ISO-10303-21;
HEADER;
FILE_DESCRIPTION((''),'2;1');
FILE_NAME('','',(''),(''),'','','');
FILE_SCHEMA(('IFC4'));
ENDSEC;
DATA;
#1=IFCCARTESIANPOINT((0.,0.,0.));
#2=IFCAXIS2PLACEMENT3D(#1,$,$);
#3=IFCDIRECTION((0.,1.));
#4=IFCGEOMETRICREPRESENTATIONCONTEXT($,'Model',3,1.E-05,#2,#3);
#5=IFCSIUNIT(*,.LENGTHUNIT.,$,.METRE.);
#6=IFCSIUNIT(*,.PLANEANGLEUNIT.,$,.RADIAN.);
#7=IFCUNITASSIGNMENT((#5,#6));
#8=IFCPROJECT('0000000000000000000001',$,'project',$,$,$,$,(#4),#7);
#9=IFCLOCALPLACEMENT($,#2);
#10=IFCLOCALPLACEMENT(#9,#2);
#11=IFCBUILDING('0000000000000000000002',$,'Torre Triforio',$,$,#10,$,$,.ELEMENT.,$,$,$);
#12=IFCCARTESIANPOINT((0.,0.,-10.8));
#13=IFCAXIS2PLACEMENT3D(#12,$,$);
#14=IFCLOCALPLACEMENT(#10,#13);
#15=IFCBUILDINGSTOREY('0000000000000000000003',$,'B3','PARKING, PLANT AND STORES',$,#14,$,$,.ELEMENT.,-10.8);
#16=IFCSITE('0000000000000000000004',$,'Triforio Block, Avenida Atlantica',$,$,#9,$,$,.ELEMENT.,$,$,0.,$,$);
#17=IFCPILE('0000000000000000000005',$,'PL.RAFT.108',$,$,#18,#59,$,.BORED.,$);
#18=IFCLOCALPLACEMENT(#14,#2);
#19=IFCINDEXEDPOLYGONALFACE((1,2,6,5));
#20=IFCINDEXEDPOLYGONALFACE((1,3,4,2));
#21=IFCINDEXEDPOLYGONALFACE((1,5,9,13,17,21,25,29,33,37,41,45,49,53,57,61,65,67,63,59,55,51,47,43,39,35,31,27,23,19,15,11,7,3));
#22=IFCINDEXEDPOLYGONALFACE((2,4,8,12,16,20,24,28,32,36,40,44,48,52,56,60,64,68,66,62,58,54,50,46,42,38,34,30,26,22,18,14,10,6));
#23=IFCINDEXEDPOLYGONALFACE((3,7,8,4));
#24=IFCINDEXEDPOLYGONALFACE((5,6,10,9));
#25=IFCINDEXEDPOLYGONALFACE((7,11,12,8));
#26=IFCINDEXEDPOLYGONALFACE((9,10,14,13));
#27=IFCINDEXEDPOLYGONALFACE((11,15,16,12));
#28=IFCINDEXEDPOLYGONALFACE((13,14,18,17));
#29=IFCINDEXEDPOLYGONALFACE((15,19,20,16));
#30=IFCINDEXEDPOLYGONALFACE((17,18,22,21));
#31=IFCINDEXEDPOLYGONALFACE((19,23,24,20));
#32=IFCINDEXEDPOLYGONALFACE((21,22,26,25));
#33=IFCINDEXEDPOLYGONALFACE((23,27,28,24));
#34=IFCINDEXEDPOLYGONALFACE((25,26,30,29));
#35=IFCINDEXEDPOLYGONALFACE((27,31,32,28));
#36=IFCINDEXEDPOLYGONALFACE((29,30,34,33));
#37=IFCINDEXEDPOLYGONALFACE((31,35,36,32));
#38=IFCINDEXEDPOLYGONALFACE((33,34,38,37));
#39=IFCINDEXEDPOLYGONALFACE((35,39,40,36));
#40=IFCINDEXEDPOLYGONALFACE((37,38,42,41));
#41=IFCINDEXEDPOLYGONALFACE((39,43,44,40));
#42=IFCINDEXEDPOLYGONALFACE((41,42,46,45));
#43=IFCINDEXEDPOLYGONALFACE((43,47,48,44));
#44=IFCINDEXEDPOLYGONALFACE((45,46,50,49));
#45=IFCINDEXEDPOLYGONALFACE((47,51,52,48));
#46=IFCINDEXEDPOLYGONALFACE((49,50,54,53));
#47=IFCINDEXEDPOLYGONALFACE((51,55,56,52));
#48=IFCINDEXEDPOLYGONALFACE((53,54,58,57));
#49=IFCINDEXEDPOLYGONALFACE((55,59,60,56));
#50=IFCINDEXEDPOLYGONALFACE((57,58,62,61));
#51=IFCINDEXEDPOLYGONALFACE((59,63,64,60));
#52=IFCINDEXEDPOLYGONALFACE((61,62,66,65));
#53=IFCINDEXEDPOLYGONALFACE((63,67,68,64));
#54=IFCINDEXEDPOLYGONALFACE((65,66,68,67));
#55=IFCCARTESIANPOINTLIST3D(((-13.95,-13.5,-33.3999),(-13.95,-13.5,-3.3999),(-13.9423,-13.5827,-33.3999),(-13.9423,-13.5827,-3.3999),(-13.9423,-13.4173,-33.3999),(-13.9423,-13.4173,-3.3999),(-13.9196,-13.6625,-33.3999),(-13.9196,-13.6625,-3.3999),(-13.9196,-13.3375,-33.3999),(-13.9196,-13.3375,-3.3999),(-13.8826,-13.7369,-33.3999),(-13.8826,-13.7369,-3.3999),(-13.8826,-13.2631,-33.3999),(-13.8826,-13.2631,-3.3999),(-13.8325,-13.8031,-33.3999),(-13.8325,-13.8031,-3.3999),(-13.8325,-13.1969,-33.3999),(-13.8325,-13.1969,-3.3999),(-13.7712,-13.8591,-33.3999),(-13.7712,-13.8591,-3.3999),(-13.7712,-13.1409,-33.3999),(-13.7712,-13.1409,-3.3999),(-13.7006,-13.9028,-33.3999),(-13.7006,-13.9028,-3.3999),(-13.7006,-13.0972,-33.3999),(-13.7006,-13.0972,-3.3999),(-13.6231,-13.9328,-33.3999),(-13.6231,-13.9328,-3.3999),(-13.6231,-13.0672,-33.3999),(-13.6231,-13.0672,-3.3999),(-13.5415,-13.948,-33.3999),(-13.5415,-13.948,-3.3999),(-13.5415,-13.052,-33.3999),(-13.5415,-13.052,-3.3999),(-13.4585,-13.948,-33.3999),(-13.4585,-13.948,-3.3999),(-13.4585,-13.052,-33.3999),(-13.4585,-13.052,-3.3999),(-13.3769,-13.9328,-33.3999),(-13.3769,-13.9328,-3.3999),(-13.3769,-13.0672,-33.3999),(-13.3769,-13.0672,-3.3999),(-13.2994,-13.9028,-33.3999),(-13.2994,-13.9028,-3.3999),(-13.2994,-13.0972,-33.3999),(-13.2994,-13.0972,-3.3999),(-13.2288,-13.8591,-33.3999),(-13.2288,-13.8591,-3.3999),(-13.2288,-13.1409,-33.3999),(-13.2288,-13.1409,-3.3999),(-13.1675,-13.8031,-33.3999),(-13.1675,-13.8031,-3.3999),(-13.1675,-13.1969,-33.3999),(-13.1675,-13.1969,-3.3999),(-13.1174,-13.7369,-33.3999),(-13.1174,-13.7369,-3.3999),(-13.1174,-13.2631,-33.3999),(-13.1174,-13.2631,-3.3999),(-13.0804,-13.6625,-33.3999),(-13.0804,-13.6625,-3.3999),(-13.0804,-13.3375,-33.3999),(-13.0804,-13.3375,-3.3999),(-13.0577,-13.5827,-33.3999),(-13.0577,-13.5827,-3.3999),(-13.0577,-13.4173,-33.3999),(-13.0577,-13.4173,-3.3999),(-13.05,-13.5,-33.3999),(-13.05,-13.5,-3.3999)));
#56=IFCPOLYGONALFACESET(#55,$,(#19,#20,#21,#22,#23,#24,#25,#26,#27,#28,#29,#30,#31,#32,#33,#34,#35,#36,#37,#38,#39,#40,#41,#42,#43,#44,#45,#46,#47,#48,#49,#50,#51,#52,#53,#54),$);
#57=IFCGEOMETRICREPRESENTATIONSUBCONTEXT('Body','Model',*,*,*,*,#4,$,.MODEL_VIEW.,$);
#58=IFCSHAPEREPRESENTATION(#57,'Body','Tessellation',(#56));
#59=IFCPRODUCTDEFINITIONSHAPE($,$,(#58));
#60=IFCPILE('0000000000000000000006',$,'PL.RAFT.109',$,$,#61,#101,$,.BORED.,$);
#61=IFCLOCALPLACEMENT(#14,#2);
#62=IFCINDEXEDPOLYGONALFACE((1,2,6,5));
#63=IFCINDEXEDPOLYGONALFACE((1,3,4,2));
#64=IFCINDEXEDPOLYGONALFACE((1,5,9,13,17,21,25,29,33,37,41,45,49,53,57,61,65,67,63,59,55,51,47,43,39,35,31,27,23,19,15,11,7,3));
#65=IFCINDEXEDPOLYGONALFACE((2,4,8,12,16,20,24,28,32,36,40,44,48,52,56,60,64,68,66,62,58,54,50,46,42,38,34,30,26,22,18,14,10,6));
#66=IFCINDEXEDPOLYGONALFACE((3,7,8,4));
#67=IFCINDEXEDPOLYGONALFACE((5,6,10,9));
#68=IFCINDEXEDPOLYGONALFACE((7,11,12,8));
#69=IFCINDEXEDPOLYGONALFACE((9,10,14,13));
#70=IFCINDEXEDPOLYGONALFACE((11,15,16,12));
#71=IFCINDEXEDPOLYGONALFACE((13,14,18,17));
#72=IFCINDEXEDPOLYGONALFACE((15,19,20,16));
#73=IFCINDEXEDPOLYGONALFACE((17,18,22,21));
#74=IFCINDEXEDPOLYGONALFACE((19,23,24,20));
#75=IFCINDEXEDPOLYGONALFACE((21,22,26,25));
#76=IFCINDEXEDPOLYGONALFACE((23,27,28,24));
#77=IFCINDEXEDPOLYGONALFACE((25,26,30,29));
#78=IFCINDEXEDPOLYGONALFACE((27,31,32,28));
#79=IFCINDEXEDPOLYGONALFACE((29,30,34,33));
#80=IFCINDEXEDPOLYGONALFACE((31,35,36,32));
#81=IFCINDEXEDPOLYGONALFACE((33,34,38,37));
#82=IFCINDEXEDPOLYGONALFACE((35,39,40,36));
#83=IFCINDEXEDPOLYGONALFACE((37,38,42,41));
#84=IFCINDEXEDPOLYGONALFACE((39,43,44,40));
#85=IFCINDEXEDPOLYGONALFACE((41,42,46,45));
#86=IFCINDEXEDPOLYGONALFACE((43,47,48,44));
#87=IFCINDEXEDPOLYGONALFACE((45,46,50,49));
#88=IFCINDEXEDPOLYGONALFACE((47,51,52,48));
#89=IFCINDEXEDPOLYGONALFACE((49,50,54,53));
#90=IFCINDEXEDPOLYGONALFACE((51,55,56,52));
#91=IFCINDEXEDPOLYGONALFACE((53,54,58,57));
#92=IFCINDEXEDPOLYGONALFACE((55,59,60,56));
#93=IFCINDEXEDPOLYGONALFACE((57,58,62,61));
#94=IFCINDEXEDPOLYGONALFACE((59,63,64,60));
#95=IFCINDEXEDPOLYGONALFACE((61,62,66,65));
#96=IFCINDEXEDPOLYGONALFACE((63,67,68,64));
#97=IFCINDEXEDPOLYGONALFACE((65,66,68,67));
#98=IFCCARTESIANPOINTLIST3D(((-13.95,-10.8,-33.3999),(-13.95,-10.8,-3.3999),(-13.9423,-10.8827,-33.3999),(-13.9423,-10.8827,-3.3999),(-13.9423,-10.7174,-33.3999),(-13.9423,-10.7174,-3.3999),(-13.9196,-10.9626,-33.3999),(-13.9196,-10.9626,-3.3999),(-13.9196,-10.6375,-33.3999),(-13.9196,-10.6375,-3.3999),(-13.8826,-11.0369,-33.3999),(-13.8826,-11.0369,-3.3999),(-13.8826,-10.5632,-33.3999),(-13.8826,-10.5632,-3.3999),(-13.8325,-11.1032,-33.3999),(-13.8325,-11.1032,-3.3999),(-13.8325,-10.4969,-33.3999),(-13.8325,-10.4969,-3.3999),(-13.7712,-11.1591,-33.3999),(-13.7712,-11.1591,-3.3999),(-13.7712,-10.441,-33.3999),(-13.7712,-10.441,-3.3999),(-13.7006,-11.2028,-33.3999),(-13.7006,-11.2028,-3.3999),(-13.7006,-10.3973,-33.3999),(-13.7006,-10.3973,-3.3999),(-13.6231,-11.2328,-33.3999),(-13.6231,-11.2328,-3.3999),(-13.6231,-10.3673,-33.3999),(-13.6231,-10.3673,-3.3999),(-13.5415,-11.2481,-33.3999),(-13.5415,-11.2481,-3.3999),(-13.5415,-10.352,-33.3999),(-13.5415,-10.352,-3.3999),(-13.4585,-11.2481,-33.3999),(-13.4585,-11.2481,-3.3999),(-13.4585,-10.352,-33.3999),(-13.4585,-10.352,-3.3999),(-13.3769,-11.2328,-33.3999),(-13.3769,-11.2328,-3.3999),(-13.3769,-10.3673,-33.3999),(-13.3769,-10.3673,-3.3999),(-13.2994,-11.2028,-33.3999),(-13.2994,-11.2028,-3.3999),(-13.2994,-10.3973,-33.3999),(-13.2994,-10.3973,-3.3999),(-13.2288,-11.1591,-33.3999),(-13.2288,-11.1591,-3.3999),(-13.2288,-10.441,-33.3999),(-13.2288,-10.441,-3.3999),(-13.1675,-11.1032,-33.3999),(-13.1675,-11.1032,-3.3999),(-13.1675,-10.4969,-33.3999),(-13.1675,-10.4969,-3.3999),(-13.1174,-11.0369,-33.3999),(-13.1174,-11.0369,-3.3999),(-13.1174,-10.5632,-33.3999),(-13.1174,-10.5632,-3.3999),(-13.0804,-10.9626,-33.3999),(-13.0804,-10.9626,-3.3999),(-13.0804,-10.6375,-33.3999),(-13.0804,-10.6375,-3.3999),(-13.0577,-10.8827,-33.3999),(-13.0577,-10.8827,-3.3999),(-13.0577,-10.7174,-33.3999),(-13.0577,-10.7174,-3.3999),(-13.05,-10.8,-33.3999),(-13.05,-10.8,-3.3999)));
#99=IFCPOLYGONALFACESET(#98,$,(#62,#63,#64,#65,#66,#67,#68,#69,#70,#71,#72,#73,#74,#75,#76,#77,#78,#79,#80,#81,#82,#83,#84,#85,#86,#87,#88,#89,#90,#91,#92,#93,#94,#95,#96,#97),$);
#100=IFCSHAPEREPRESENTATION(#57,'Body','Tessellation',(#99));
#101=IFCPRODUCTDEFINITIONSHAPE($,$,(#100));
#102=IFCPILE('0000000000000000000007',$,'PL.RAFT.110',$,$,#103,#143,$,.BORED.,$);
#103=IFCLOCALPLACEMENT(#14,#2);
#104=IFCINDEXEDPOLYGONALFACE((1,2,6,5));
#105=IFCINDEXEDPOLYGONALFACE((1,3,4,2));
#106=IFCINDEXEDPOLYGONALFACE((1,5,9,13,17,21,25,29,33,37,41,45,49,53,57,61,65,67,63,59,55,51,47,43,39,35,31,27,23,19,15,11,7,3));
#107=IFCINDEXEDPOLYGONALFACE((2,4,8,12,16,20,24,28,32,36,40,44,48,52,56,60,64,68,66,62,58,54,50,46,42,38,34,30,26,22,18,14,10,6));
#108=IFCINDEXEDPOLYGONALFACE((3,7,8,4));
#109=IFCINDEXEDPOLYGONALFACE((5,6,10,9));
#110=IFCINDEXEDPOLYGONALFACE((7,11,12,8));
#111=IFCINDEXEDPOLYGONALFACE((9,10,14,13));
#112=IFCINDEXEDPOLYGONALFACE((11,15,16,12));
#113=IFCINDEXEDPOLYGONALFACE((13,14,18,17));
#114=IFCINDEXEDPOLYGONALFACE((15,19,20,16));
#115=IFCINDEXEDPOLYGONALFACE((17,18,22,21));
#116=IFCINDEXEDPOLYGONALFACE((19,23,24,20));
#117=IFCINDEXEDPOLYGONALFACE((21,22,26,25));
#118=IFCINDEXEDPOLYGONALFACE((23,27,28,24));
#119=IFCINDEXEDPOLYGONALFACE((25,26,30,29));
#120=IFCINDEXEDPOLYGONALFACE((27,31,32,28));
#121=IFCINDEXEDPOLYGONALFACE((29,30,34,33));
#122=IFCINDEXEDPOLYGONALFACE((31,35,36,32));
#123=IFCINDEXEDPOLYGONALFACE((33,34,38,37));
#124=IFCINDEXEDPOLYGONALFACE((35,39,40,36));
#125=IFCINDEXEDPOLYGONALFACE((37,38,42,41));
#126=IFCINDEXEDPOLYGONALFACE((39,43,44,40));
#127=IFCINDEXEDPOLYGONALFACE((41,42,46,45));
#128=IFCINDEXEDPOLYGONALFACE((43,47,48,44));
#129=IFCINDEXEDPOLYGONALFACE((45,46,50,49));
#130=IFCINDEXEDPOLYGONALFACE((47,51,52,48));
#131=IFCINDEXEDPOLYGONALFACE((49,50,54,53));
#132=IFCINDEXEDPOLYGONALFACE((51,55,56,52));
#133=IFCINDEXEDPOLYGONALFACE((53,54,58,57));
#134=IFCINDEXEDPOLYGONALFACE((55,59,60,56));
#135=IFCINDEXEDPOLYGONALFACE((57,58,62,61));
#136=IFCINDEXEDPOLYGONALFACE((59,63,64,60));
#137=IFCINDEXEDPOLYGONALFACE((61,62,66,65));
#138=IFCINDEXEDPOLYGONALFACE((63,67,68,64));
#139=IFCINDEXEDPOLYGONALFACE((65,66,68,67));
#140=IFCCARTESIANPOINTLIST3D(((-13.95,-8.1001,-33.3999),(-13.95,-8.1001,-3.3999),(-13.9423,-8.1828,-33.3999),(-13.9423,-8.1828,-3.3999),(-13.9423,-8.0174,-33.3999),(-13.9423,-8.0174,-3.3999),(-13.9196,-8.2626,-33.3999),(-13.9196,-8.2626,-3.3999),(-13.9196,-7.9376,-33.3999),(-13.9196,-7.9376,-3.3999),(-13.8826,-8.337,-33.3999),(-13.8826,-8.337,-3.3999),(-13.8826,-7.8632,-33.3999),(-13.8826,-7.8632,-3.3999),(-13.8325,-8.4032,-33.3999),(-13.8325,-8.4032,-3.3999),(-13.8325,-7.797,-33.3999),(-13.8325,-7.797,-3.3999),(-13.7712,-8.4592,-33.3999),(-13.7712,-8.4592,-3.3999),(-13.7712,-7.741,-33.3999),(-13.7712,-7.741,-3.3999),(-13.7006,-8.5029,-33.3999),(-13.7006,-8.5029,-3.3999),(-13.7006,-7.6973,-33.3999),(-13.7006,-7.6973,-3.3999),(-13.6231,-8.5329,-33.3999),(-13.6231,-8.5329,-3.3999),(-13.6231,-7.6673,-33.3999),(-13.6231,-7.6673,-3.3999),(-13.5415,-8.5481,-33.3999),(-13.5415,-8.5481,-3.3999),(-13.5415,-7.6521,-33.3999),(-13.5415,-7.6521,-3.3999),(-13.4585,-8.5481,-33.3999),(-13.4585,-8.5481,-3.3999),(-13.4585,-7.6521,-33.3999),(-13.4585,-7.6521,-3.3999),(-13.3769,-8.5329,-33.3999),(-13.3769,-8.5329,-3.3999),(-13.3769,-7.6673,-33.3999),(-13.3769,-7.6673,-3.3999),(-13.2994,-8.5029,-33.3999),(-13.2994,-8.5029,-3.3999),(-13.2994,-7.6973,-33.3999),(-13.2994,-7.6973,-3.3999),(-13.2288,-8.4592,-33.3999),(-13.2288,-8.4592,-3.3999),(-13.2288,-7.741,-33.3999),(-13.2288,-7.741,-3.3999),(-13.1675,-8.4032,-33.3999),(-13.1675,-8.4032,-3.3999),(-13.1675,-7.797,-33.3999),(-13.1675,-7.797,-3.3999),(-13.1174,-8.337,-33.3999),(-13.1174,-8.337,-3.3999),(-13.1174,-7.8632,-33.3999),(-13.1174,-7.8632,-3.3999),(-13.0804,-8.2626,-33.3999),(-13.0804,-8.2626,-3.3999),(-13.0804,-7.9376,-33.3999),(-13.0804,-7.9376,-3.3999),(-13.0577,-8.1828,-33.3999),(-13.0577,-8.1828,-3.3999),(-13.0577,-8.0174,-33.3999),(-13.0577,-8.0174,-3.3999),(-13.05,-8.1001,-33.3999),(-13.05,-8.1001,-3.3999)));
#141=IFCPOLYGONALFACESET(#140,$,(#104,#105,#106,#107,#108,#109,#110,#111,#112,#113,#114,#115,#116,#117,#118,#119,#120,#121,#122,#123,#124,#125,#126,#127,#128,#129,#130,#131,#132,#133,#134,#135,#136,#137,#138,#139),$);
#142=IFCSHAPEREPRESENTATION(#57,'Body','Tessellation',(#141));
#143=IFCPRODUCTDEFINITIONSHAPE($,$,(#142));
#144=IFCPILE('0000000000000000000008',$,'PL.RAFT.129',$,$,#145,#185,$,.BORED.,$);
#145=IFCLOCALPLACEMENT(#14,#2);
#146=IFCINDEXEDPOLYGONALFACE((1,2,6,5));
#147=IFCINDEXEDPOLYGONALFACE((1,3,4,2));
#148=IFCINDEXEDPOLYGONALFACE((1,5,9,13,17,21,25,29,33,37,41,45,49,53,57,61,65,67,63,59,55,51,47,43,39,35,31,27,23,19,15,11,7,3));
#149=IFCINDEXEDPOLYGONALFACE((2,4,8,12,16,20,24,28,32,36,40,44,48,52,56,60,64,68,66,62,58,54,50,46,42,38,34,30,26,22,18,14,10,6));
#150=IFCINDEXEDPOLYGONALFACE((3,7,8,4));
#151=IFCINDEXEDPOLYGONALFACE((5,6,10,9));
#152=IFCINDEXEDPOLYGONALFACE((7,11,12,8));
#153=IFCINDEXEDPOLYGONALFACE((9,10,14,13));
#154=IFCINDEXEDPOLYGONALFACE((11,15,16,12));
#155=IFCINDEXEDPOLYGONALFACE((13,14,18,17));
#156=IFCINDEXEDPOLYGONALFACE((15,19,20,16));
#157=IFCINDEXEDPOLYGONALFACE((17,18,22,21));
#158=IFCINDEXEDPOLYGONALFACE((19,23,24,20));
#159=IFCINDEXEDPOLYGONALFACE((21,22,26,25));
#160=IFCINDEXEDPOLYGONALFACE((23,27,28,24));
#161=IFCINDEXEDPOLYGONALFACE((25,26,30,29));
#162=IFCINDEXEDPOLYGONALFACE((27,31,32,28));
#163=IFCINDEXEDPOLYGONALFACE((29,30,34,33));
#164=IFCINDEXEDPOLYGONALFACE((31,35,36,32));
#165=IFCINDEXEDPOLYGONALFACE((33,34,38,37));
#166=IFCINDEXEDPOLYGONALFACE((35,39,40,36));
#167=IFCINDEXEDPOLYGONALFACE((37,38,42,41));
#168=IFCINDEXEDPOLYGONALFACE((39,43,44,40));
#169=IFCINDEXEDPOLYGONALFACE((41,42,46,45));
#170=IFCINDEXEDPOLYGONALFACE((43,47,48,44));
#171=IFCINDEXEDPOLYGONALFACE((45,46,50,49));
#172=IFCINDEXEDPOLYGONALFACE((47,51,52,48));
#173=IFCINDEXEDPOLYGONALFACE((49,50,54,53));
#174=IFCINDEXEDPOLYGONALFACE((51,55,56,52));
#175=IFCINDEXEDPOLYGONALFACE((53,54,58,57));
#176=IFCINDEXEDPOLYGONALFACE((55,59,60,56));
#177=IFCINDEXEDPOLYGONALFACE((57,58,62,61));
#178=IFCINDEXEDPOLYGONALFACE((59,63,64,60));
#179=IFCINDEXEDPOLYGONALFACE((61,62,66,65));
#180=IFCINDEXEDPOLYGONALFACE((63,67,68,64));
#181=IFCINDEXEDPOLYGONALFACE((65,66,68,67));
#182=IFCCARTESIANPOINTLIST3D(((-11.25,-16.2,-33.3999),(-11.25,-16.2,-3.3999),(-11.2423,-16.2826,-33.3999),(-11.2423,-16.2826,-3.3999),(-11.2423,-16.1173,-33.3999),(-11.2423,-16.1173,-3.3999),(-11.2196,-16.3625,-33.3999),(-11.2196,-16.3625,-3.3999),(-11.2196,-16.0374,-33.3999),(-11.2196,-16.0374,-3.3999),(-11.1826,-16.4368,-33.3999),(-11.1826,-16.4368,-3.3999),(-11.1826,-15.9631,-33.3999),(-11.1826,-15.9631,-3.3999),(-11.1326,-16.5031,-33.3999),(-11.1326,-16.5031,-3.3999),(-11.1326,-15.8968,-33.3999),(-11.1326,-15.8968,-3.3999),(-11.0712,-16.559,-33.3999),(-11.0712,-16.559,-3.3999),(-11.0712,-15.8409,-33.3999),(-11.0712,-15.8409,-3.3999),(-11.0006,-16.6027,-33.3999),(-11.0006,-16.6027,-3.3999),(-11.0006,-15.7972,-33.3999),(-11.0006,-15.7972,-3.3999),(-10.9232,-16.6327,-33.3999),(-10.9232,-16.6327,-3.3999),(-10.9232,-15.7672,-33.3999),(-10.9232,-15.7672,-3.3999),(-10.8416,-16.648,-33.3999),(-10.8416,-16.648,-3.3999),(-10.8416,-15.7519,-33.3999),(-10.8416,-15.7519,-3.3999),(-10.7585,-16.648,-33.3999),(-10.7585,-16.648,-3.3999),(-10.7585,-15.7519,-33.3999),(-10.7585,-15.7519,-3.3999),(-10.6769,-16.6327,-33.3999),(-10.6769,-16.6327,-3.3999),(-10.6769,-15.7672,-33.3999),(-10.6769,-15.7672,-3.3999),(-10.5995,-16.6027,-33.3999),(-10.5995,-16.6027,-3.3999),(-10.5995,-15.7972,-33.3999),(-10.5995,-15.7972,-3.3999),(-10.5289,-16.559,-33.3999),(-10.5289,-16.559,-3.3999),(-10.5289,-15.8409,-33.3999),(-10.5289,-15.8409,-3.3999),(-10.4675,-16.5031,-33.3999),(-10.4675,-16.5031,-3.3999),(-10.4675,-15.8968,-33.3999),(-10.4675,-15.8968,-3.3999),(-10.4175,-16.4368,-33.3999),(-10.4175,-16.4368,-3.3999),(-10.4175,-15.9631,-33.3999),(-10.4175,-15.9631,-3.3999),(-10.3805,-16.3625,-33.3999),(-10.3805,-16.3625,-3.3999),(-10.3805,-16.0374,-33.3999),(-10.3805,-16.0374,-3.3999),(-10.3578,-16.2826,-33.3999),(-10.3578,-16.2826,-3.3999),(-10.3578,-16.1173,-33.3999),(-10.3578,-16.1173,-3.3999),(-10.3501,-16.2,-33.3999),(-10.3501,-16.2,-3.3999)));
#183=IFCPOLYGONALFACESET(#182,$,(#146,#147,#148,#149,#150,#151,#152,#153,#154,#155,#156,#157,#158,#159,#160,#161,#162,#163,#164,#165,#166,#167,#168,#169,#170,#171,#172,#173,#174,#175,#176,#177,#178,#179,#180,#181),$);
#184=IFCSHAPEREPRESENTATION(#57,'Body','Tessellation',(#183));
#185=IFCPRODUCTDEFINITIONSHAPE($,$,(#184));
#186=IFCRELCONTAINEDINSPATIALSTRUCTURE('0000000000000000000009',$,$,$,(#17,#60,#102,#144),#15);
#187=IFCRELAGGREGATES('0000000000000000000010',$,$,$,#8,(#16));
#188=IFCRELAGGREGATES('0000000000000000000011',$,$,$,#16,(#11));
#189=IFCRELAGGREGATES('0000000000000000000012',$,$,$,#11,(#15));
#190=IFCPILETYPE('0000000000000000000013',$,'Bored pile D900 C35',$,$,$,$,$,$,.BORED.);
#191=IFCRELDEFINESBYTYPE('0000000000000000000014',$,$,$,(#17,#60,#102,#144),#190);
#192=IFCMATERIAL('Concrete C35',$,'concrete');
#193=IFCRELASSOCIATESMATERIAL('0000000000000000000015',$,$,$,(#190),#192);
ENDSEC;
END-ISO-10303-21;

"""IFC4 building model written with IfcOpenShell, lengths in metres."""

from ifc_helpers import new_model, si_unit, direction, frame, origin, origin_2d, place, context, subcontext, project, spatial, circle, extrude, material, material_profile, profile_set, type_object, element, save


model = new_model("IFC4")

# Units and contexts
model_context = context("Model", 3, precision=1e-05, world=origin(), true_north=direction((0.0, 1.0)))
body_context = subcontext(model_context, "Body", "Model", "MODEL_VIEW")
ifc_project = project(units=[si_unit("LENGTHUNIT", "METRE"), si_unit("PLANEANGLEUNIT", "RADIAN")], contexts=[model_context])

# Site, building, storey
site_placement = place(None, origin())
site = spatial("IfcSite", under=ifc_project, at=site_placement, Name="Triforio Block, Avenida Atlantica", CompositionType="ELEMENT", RefElevation=0.0)
building_placement = place(site_placement, origin())
building = spatial("IfcBuilding", under=site, at=building_placement, Name="Torre Triforio", CompositionType="ELEMENT")
storey_placement = place(building_placement, frame((0.0, 0.0, -10.8)))
storey = spatial("IfcBuildingStorey", under=building, at=storey_placement, Name="B3", Description="PARKING, PLANT AND STORES", CompositionType="ELEMENT", Elevation=-10.8)

# Piles
ifc_material_1 = material(Name="Concrete C35", Category="concrete")
ifc_material_profile_1 = material_profile(ifc_material_1, circle(Radius=0.45, at=origin_2d()), Name="RC D900")
ifc_profile_set_1 = profile_set([ifc_material_profile_1], Name="Concrete C35")
pile_type = type_object("IfcPileType", Name="Bored pile D900 C35", PredefinedType="BORED", material=ifc_profile_set_1)
for number, where, z_axis, x_axis, name in (
    (1, (-13.5, -13.5, -3.3999), (0.0, 0.0, -1.0), (1.0, 0.0, 0.0), "PL.RAFT.108"),
    (2, (-13.5, -10.8, -3.3999), (0.0, 0.0, -1.0), (1.0, 0.0, 0.0), "PL.RAFT.109"),
    (3, (-13.5, -8.1001, -3.3999), (0.0, 0.0, -1.0), (1.0, 0.0, 0.0), "PL.RAFT.110"),
    (4, (-10.8, -16.2, -3.3999), (0.0, 0.0, -1.0), (1.0, 0.0, 0.0), "PL.RAFT.129"),
):
    element("IfcPile", number, at=place(storey_placement, frame(where, z_axis=z_axis, x_axis=x_axis)), inside=storey, type_object=pile_type, Name=name, PredefinedType="BORED", context=body_context, shape_type="SweptSolid", body=[
        extrude(circle(Radius=0.45, at=origin_2d()), origin(), (0.0, 0.0, 1.0), 30.0),
    ])

save(model, "model.ifc")
